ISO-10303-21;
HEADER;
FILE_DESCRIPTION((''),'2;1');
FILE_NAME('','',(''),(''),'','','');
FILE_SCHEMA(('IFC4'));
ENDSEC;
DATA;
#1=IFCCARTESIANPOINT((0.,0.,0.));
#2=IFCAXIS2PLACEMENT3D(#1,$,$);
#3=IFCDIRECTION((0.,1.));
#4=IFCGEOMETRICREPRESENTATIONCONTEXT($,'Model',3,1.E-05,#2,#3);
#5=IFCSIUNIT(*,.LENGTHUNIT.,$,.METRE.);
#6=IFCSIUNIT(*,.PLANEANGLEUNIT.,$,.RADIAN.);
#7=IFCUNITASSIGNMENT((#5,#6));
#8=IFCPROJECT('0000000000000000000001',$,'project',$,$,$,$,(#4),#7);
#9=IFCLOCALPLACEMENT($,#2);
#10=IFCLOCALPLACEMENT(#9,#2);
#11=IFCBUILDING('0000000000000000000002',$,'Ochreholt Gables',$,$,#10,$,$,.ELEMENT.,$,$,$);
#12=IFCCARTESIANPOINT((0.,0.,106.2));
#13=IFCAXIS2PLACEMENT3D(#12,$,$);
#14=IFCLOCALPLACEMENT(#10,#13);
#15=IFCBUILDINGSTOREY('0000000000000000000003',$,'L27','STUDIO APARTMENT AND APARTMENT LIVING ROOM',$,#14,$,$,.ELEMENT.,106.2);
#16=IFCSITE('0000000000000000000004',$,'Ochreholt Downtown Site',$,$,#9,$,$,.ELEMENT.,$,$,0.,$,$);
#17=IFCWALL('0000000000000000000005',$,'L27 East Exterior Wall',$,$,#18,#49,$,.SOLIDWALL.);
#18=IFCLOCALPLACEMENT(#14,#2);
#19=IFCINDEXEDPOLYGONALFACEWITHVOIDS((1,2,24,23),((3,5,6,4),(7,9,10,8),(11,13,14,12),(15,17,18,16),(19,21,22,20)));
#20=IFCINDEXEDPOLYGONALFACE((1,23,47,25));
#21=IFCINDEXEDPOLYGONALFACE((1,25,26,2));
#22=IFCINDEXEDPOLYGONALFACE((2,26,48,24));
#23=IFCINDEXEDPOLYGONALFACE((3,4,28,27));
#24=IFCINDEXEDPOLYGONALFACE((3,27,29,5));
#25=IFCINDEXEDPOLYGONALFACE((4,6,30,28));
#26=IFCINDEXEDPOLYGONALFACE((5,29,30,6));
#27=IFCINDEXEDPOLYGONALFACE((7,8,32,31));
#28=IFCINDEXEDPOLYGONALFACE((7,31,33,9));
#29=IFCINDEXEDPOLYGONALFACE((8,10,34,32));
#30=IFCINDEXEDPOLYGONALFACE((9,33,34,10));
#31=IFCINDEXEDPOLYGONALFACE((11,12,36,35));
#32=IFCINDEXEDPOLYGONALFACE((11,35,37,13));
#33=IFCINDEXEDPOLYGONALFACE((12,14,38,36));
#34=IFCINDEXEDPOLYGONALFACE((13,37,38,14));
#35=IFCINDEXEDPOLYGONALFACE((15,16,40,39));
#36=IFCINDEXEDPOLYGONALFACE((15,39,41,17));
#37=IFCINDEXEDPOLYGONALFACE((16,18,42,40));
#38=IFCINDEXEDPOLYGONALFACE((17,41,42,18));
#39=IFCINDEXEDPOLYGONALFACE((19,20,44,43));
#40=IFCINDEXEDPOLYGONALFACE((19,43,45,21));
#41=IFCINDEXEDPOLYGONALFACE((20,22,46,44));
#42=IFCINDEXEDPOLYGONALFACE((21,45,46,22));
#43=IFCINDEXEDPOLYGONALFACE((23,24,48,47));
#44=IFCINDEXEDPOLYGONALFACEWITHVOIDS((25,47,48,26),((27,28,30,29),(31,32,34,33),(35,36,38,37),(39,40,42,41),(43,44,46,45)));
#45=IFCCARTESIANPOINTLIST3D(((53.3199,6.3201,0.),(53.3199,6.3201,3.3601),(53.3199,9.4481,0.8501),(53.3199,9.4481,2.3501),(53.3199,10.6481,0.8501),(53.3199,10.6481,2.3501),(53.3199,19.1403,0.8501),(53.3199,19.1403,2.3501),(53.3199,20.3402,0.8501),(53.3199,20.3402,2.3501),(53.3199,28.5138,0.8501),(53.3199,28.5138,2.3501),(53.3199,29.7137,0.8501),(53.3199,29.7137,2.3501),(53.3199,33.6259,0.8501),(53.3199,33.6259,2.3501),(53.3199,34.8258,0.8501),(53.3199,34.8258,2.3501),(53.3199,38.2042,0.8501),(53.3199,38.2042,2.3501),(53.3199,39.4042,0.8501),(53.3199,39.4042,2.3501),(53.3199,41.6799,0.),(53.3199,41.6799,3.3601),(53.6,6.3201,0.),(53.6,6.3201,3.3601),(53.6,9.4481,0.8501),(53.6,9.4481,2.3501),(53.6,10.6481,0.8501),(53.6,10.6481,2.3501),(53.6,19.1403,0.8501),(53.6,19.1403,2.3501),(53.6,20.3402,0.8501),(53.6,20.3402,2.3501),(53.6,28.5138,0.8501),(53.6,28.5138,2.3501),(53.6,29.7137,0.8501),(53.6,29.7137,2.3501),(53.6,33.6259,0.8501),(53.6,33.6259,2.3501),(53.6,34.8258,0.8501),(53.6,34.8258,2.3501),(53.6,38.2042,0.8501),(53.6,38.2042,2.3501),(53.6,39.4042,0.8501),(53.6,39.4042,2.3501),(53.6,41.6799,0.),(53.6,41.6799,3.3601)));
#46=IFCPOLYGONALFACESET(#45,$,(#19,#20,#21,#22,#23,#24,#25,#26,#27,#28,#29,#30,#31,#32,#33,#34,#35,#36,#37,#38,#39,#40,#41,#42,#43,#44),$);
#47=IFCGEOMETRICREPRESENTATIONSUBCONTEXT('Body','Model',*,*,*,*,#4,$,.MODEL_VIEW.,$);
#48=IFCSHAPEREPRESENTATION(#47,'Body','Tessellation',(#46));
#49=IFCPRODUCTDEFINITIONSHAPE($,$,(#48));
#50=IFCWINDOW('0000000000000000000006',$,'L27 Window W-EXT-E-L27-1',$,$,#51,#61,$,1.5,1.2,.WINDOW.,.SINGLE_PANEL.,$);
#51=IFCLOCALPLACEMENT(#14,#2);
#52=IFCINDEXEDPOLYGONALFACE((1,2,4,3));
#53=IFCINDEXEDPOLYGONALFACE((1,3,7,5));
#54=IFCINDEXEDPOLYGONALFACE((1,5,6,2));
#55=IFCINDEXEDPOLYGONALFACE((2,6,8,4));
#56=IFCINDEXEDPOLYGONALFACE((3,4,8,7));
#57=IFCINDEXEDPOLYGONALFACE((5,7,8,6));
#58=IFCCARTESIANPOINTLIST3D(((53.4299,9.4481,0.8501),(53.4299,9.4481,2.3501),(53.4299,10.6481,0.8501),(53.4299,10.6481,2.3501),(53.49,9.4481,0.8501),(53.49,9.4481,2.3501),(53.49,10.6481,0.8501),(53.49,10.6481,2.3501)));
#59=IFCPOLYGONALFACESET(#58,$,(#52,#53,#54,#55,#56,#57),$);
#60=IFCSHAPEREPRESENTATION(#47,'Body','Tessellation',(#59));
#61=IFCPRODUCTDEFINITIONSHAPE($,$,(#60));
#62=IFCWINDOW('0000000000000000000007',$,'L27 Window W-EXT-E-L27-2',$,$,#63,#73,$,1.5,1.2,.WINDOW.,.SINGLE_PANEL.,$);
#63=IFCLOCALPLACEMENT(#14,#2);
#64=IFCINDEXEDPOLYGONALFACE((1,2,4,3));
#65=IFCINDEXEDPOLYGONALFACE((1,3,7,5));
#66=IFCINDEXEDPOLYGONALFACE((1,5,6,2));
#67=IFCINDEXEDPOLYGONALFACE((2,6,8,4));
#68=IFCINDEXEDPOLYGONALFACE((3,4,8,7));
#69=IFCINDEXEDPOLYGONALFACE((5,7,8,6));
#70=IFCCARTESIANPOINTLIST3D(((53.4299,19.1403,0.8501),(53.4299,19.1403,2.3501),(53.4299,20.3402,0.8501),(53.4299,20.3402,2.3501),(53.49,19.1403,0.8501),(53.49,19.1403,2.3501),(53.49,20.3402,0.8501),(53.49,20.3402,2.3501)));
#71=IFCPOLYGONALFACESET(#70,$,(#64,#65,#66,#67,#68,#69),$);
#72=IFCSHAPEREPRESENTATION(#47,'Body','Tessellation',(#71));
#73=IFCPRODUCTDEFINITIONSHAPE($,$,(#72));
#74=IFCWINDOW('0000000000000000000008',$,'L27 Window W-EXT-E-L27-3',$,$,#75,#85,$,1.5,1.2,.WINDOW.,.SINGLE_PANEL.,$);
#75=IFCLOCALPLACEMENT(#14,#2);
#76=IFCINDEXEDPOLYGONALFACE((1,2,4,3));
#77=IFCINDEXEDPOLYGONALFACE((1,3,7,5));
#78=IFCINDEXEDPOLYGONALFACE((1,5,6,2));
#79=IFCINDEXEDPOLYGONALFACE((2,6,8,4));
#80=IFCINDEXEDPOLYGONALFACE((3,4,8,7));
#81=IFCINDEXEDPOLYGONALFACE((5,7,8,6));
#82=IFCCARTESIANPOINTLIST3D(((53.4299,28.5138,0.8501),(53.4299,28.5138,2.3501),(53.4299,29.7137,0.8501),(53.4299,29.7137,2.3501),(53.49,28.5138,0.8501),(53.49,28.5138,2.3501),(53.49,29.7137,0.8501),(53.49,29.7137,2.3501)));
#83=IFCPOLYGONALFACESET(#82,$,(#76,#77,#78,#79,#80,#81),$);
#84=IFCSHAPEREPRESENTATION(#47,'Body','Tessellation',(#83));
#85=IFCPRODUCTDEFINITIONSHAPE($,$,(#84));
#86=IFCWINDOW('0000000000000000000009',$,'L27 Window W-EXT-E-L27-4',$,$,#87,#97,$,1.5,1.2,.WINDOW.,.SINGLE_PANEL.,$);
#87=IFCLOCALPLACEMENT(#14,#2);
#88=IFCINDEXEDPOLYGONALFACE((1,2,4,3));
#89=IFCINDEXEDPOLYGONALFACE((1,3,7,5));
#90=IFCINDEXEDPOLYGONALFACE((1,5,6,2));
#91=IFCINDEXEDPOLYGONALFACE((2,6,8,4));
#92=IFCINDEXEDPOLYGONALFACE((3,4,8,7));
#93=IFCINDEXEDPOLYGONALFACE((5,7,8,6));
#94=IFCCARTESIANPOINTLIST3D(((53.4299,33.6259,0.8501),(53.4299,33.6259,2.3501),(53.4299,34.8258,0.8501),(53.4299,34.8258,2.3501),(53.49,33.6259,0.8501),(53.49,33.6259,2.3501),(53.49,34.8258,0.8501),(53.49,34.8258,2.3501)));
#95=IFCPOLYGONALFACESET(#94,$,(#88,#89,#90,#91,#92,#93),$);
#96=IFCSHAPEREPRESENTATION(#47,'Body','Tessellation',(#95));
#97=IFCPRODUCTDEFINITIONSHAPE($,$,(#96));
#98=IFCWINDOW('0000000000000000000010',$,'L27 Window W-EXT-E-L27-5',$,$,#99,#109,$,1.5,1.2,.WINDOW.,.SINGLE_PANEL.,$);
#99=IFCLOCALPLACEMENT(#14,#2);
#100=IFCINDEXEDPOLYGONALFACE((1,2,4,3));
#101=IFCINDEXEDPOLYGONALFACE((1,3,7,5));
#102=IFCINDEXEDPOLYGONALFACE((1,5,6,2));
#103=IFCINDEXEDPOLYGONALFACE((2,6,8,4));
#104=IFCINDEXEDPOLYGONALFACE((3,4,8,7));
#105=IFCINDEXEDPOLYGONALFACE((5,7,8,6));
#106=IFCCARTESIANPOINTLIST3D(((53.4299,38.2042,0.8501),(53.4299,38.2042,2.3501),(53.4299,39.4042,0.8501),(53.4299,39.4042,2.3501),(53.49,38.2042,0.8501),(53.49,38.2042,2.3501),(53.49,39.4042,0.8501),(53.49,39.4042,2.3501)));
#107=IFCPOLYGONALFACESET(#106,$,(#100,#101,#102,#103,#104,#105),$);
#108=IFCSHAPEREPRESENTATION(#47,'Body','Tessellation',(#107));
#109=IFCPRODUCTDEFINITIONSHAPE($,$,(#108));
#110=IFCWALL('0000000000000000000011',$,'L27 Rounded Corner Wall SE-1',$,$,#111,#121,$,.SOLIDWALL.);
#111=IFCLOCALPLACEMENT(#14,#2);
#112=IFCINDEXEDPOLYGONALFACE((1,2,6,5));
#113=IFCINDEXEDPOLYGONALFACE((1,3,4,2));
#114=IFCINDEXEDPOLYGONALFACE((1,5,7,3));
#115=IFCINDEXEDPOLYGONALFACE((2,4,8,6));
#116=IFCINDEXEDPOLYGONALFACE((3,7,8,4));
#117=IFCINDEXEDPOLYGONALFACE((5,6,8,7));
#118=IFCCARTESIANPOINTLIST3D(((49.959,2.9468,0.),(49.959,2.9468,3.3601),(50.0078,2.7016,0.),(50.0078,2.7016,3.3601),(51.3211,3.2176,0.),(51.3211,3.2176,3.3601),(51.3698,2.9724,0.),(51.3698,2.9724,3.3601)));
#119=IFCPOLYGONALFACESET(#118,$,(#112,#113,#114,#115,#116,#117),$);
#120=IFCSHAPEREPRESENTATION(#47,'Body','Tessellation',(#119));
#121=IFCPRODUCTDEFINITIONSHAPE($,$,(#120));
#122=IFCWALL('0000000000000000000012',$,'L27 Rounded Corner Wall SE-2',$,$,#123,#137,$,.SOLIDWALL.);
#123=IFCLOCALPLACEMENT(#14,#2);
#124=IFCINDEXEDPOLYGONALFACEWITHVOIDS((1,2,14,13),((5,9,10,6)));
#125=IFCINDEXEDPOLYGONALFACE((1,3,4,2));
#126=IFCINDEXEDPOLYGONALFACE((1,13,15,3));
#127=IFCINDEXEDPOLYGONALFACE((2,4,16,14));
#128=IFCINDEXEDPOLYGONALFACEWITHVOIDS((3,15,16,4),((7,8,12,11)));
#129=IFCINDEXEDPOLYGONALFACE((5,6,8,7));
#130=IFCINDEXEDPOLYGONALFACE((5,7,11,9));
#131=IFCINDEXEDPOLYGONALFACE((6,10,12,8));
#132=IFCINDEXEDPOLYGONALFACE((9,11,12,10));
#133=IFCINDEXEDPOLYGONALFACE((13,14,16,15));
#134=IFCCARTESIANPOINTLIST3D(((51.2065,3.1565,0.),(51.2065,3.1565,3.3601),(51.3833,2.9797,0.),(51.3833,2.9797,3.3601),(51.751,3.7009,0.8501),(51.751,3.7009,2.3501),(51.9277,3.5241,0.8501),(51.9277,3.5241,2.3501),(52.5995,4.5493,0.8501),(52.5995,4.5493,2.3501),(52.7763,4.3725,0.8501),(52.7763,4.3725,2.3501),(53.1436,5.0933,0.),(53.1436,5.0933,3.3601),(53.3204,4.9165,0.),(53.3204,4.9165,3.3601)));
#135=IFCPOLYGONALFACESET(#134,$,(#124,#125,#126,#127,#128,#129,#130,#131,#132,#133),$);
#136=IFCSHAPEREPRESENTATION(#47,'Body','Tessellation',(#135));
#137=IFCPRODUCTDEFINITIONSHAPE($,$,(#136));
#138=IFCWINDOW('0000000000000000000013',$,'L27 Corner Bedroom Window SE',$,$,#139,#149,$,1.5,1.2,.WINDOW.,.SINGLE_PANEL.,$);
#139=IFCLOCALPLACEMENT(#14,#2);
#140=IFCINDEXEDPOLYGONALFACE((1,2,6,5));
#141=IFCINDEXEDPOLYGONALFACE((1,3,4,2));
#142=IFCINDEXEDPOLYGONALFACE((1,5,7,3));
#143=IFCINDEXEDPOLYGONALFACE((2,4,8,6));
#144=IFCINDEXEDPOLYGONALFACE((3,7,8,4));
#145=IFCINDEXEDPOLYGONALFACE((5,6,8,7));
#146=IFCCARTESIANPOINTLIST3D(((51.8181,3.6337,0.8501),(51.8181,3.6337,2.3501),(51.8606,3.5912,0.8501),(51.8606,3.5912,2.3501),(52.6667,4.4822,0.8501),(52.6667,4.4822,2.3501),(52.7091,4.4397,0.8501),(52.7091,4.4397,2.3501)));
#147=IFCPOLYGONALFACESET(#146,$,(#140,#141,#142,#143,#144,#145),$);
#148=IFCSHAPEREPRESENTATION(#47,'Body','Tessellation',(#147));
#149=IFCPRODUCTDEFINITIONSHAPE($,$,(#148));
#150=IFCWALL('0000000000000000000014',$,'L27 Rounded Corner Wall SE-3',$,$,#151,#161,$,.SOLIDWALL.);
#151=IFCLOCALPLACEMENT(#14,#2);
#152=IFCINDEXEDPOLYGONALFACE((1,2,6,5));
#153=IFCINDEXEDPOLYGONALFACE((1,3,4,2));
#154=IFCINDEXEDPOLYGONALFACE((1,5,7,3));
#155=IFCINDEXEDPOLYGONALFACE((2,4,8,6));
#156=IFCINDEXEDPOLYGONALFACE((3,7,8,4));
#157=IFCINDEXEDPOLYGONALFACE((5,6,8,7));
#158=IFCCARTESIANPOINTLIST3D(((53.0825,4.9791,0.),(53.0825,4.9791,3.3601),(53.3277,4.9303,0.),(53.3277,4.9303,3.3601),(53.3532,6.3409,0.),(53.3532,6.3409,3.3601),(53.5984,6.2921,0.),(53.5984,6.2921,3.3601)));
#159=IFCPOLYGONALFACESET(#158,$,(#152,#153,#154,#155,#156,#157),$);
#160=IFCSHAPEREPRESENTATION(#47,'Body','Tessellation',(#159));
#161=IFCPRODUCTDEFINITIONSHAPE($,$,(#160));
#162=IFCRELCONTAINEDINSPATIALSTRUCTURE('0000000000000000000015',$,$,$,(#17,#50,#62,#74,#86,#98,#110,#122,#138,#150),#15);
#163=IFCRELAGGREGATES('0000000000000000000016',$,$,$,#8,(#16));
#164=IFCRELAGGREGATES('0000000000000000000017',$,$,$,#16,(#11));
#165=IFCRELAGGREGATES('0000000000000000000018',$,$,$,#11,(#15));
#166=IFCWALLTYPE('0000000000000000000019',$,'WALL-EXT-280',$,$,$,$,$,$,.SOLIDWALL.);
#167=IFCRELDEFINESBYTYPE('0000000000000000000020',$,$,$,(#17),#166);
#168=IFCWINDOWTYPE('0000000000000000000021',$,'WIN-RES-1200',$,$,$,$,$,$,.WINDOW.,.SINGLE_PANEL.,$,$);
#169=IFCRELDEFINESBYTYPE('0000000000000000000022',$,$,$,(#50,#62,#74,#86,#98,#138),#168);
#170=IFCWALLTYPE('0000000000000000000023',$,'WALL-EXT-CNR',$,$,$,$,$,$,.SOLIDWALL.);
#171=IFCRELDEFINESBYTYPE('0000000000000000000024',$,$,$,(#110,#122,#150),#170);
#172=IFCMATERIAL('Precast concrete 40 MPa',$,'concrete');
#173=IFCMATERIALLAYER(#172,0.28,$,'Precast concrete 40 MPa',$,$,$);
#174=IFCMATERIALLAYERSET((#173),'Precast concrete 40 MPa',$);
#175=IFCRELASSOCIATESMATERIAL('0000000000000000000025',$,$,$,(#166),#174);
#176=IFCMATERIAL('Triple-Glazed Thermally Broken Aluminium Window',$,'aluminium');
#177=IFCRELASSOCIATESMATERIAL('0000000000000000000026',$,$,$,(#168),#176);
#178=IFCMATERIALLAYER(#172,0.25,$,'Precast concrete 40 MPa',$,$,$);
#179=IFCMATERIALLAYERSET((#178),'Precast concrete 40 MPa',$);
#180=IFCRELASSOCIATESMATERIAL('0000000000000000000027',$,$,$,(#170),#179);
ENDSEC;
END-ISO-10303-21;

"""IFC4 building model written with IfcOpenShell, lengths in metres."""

from ifc_helpers import new_model, si_unit, direction, frame, frame_2d, origin, place, context, subcontext, project, spatial, rectangle, extrude, material, layer, layer_set, type_object, element, fill, save


model = new_model("IFC4")

# Units and contexts
model_context = context("Model", 3, precision=1e-05, world=origin(), true_north=direction((0.0, 1.0)))
body_context = subcontext(model_context, "Body", "Model", "MODEL_VIEW")
ifc_project = project(units=[si_unit("LENGTHUNIT", "METRE"), si_unit("PLANEANGLEUNIT", "RADIAN")], contexts=[model_context])

# Site, building, storey
site_placement = place(None, origin())
site = spatial("IfcSite", under=ifc_project, at=site_placement, Name="Ochreholt Downtown Site", CompositionType="ELEMENT", RefElevation=0.0)
building_placement = place(site_placement, origin())
building = spatial("IfcBuilding", under=site, at=building_placement, Name="Ochreholt Gables", CompositionType="ELEMENT")
storey_placement = place(building_placement, frame((0.0, 0.0, 106.2)))
storey = spatial("IfcBuildingStorey", under=building, at=storey_placement, Name="L27", Description="STUDIO APARTMENT AND APARTMENT LIVING ROOM", CompositionType="ELEMENT", Elevation=106.2)

# Wall, openings, windows
ifc_material_1 = material(Name="Precast concrete 40 MPa", Category="concrete")
ifc_layer_1 = layer(ifc_material_1, 0.28, Name="Precast concrete 40 MPa")
ifc_layer_set_1 = layer_set([ifc_layer_1], Name="Precast concrete 40 MPa")
wall_type_1 = type_object("IfcWallType", Name="WALL-EXT-280", PredefinedType="SOLIDWALL", material=ifc_layer_set_1)
wall_1_placement = place(storey_placement, frame((53.46, 6.3201, 0.0), z_axis=(0.0, 0.0, 1.0), x_axis=(0.0, 1.0, 0.0)))
wall_1 = element("IfcWall", 1, at=wall_1_placement, inside=storey, type_object=wall_type_1, Name="L27 East Exterior Wall", PredefinedType="SOLIDWALL", context=body_context, shape_type="SweptSolid", body=[
    extrude(rectangle(XDim=35.3599, YDim=0.28, at=frame_2d((17.6799, 0.0))), origin(), (0.0, 0.0, 1.0), 3.3601),
])
opening_1_placement = place(wall_1_placement, frame((3.1279, 0.0, 0.8501)))
opening_1 = element("IfcOpeningElement", 2, at=opening_1_placement, cuts=wall_1, PredefinedType="OPENING", context=body_context, shape_type="SweptSolid", body=[
    extrude(rectangle(XDim=1.2, YDim=1.5, at=frame_2d((0.6001, 0.75))), frame((0.0, 0.1499, 0.0), z_axis=(0.0, -1.0, 0.0), x_axis=(1.0, 0.0, 0.0)), (0.0, 0.0, 1.0), 0.3),
])
opening_2_placement = place(wall_1_placement, frame((12.8201, 0.0, 0.8501)))
opening_2 = element("IfcOpeningElement", 3, at=opening_2_placement, cuts=wall_1, PredefinedType="OPENING", context=body_context, shape_type="SweptSolid", body=[
    extrude(rectangle(XDim=1.2, YDim=1.5, at=frame_2d((0.6001, 0.75))), frame((0.0, 0.1499, 0.0), z_axis=(0.0, -1.0, 0.0), x_axis=(1.0, 0.0, 0.0)), (0.0, 0.0, 1.0), 0.3),
])
opening_3_placement = place(wall_1_placement, frame((22.1936, 0.0, 0.8501)))
opening_3 = element("IfcOpeningElement", 4, at=opening_3_placement, cuts=wall_1, PredefinedType="OPENING", context=body_context, shape_type="SweptSolid", body=[
    extrude(rectangle(XDim=1.2, YDim=1.5, at=frame_2d((0.6001, 0.75))), frame((0.0, 0.1499, 0.0), z_axis=(0.0, -1.0, 0.0), x_axis=(1.0, 0.0, 0.0)), (0.0, 0.0, 1.0), 0.3),
])
opening_4_placement = place(wall_1_placement, frame((27.3057, 0.0, 0.8501)))
opening_4 = element("IfcOpeningElement", 5, at=opening_4_placement, cuts=wall_1, PredefinedType="OPENING", context=body_context, shape_type="SweptSolid", body=[
    extrude(rectangle(XDim=1.2, YDim=1.5, at=frame_2d((0.6001, 0.75))), frame((0.0, 0.1499, 0.0), z_axis=(0.0, -1.0, 0.0), x_axis=(1.0, 0.0, 0.0)), (0.0, 0.0, 1.0), 0.3),
])
opening_5_placement = place(wall_1_placement, frame((31.884, 0.0, 0.8501)))
opening_5 = element("IfcOpeningElement", 6, at=opening_5_placement, cuts=wall_1, PredefinedType="OPENING", context=body_context, shape_type="SweptSolid", body=[
    extrude(rectangle(XDim=1.2, YDim=1.5, at=frame_2d((0.6001, 0.75))), frame((0.0, 0.1499, 0.0), z_axis=(0.0, -1.0, 0.0), x_axis=(1.0, 0.0, 0.0)), (0.0, 0.0, 1.0), 0.3),
])
ifc_material_2 = material(Name="Triple-Glazed Thermally Broken Aluminium Window", Category="aluminium")
window_type = type_object("IfcWindowType", Name="WIN-RES-1200", PartitioningType="SINGLE_PANEL", PredefinedType="WINDOW", material=ifc_material_2)
window_1_placement = place(opening_1_placement, origin())
window_1 = element("IfcWindow", 7, at=window_1_placement, inside=storey, type_object=window_type, Name="L27 Window W-EXT-E-L27-1", OverallHeight=1.5, OverallWidth=1.2, PartitioningType="SINGLE_PANEL", PredefinedType="WINDOW", context=body_context, shape_type="SweptSolid", body=[
    extrude(rectangle(XDim=1.2, YDim=1.5, at=frame_2d((0.6001, 0.75))), frame((0.0, 0.03, 0.0), z_axis=(0.0, -1.0, 0.0), x_axis=(1.0, 0.0, 0.0)), (0.0, 0.0, 1.0), 0.0601),
])
fill(opening_1, window_1)
window_2_placement = place(opening_2_placement, origin())
window_2 = element("IfcWindow", 8, at=window_2_placement, inside=storey, type_object=window_type, Name="L27 Window W-EXT-E-L27-2", OverallHeight=1.5, OverallWidth=1.2, PartitioningType="SINGLE_PANEL", PredefinedType="WINDOW", context=body_context, shape_type="SweptSolid", body=[
    extrude(rectangle(XDim=1.2, YDim=1.5, at=frame_2d((0.6001, 0.75))), frame((0.0, 0.03, 0.0), z_axis=(0.0, -1.0, 0.0), x_axis=(1.0, 0.0, 0.0)), (0.0, 0.0, 1.0), 0.0601),
])
fill(opening_2, window_2)
window_3_placement = place(opening_3_placement, origin())
window_3 = element("IfcWindow", 9, at=window_3_placement, inside=storey, type_object=window_type, Name="L27 Window W-EXT-E-L27-3", OverallHeight=1.5, OverallWidth=1.2, PartitioningType="SINGLE_PANEL", PredefinedType="WINDOW", context=body_context, shape_type="SweptSolid", body=[
    extrude(rectangle(XDim=1.2, YDim=1.5, at=frame_2d((0.6001, 0.75))), frame((0.0, 0.03, 0.0), z_axis=(0.0, -1.0, 0.0), x_axis=(1.0, 0.0, 0.0)), (0.0, 0.0, 1.0), 0.0601),
])
fill(opening_3, window_3)
window_4_placement = place(opening_4_placement, origin())
window_4 = element("IfcWindow", 10, at=window_4_placement, inside=storey, type_object=window_type, Name="L27 Window W-EXT-E-L27-4", OverallHeight=1.5, OverallWidth=1.2, PartitioningType="SINGLE_PANEL", PredefinedType="WINDOW", context=body_context, shape_type="SweptSolid", body=[
    extrude(rectangle(XDim=1.2, YDim=1.5, at=frame_2d((0.6001, 0.75))), frame((0.0, 0.03, 0.0), z_axis=(0.0, -1.0, 0.0), x_axis=(1.0, 0.0, 0.0)), (0.0, 0.0, 1.0), 0.0601),
])
fill(opening_4, window_4)
window_5_placement = place(opening_5_placement, origin())
window_5 = element("IfcWindow", 11, at=window_5_placement, inside=storey, type_object=window_type, Name="L27 Window W-EXT-E-L27-5", OverallHeight=1.5, OverallWidth=1.2, PartitioningType="SINGLE_PANEL", PredefinedType="WINDOW", context=body_context, shape_type="SweptSolid", body=[
    extrude(rectangle(XDim=1.2, YDim=1.5, at=frame_2d((0.6001, 0.75))), frame((0.0, 0.03, 0.0), z_axis=(0.0, -1.0, 0.0), x_axis=(1.0, 0.0, 0.0)), (0.0, 0.0, 1.0), 0.0601),
])
fill(opening_5, window_5)

# Wall
ifc_layer_2 = layer(ifc_material_1, 0.25, Name="Precast concrete 40 MPa")
ifc_layer_set_2 = layer_set([ifc_layer_2], Name="Precast concrete 40 MPa")
wall_type_2 = type_object("IfcWallType", Name="WALL-EXT-CNR", PredefinedType="SOLIDWALL", material=ifc_layer_set_2)
wall_2_placement = place(storey_placement, frame((49.9834, 2.8242, 0.0), z_axis=(0.0, 0.0, 1.0), x_axis=(0.98081, 0.194967, 0.0)))
element("IfcWall", 12, at=wall_2_placement, inside=storey, type_object=wall_type_2, Name="L27 Rounded Corner Wall SE-1", PredefinedType="SOLIDWALL", context=body_context, shape_type="SweptSolid", body=[
    extrude(rectangle(XDim=1.3887, YDim=0.25, at=frame_2d((0.6943, 0.0))), origin(), (0.0, 0.0, 1.0), 3.3601),
])

# Wall, opening, window
wall_3_placement = place(storey_placement, frame((51.2949, 3.0681, 0.0), z_axis=(0.0, 0.0, 1.0), x_axis=(0.707151, 0.707062, 0.0)))
wall_3 = element("IfcWall", 13, at=wall_3_placement, inside=storey, type_object=wall_type_2, Name="L27 Rounded Corner Wall SE-2", PredefinedType="SOLIDWALL", context=body_context, shape_type="SweptSolid", body=[
    extrude(rectangle(XDim=2.7393, YDim=0.25, at=frame_2d((1.3696, 0.0))), origin(), (0.0, 0.0, 1.0), 3.3601),
])
opening_6_placement = place(wall_3_placement, frame((0.7698, 0.0, 0.8501)))
opening_6 = element("IfcOpeningElement", 14, at=opening_6_placement, cuts=wall_3, PredefinedType="OPENING", context=body_context, shape_type="SweptSolid", body=[
    extrude(rectangle(XDim=1.2, YDim=1.5, at=frame_2d((0.6001, 0.75))), frame((0.0, 0.135, 0.0), z_axis=(0.0, -1.0, 0.0), x_axis=(1.0, 0.0, 0.0)), (0.0, 0.0, 1.0), 0.27),
])
window_6_placement = place(opening_6_placement, origin())
window_6 = element("IfcWindow", 15, at=window_6_placement, inside=storey, type_object=window_type, Name="L27 Corner Bedroom Window SE", OverallHeight=1.5, OverallWidth=1.2, PartitioningType="SINGLE_PANEL", PredefinedType="WINDOW", context=body_context, shape_type="SweptSolid", body=[
    extrude(rectangle(XDim=1.2, YDim=1.5, at=frame_2d((0.6001, 0.75))), frame((0.0, 0.03, 0.0), z_axis=(0.0, -1.0, 0.0), x_axis=(1.0, 0.0, 0.0)), (0.0, 0.0, 1.0), 0.0601),
])
fill(opening_6, window_6)

# Wall
wall_4_placement = place(storey_placement, frame((53.2051, 4.9546, 0.0), z_axis=(0.0, 0.0, 1.0), x_axis=(0.195, 0.980803, 0.0)))
element("IfcWall", 16, at=wall_4_placement, inside=storey, type_object=wall_type_2, Name="L27 Rounded Corner Wall SE-3", PredefinedType="SOLIDWALL", context=body_context, shape_type="SweptSolid", body=[
    extrude(rectangle(XDim=1.3884, YDim=0.25, at=frame_2d((0.6943, 0.0))), origin(), (0.0, 0.0, 1.0), 3.3601),
])

save(model, "model.ifc")
